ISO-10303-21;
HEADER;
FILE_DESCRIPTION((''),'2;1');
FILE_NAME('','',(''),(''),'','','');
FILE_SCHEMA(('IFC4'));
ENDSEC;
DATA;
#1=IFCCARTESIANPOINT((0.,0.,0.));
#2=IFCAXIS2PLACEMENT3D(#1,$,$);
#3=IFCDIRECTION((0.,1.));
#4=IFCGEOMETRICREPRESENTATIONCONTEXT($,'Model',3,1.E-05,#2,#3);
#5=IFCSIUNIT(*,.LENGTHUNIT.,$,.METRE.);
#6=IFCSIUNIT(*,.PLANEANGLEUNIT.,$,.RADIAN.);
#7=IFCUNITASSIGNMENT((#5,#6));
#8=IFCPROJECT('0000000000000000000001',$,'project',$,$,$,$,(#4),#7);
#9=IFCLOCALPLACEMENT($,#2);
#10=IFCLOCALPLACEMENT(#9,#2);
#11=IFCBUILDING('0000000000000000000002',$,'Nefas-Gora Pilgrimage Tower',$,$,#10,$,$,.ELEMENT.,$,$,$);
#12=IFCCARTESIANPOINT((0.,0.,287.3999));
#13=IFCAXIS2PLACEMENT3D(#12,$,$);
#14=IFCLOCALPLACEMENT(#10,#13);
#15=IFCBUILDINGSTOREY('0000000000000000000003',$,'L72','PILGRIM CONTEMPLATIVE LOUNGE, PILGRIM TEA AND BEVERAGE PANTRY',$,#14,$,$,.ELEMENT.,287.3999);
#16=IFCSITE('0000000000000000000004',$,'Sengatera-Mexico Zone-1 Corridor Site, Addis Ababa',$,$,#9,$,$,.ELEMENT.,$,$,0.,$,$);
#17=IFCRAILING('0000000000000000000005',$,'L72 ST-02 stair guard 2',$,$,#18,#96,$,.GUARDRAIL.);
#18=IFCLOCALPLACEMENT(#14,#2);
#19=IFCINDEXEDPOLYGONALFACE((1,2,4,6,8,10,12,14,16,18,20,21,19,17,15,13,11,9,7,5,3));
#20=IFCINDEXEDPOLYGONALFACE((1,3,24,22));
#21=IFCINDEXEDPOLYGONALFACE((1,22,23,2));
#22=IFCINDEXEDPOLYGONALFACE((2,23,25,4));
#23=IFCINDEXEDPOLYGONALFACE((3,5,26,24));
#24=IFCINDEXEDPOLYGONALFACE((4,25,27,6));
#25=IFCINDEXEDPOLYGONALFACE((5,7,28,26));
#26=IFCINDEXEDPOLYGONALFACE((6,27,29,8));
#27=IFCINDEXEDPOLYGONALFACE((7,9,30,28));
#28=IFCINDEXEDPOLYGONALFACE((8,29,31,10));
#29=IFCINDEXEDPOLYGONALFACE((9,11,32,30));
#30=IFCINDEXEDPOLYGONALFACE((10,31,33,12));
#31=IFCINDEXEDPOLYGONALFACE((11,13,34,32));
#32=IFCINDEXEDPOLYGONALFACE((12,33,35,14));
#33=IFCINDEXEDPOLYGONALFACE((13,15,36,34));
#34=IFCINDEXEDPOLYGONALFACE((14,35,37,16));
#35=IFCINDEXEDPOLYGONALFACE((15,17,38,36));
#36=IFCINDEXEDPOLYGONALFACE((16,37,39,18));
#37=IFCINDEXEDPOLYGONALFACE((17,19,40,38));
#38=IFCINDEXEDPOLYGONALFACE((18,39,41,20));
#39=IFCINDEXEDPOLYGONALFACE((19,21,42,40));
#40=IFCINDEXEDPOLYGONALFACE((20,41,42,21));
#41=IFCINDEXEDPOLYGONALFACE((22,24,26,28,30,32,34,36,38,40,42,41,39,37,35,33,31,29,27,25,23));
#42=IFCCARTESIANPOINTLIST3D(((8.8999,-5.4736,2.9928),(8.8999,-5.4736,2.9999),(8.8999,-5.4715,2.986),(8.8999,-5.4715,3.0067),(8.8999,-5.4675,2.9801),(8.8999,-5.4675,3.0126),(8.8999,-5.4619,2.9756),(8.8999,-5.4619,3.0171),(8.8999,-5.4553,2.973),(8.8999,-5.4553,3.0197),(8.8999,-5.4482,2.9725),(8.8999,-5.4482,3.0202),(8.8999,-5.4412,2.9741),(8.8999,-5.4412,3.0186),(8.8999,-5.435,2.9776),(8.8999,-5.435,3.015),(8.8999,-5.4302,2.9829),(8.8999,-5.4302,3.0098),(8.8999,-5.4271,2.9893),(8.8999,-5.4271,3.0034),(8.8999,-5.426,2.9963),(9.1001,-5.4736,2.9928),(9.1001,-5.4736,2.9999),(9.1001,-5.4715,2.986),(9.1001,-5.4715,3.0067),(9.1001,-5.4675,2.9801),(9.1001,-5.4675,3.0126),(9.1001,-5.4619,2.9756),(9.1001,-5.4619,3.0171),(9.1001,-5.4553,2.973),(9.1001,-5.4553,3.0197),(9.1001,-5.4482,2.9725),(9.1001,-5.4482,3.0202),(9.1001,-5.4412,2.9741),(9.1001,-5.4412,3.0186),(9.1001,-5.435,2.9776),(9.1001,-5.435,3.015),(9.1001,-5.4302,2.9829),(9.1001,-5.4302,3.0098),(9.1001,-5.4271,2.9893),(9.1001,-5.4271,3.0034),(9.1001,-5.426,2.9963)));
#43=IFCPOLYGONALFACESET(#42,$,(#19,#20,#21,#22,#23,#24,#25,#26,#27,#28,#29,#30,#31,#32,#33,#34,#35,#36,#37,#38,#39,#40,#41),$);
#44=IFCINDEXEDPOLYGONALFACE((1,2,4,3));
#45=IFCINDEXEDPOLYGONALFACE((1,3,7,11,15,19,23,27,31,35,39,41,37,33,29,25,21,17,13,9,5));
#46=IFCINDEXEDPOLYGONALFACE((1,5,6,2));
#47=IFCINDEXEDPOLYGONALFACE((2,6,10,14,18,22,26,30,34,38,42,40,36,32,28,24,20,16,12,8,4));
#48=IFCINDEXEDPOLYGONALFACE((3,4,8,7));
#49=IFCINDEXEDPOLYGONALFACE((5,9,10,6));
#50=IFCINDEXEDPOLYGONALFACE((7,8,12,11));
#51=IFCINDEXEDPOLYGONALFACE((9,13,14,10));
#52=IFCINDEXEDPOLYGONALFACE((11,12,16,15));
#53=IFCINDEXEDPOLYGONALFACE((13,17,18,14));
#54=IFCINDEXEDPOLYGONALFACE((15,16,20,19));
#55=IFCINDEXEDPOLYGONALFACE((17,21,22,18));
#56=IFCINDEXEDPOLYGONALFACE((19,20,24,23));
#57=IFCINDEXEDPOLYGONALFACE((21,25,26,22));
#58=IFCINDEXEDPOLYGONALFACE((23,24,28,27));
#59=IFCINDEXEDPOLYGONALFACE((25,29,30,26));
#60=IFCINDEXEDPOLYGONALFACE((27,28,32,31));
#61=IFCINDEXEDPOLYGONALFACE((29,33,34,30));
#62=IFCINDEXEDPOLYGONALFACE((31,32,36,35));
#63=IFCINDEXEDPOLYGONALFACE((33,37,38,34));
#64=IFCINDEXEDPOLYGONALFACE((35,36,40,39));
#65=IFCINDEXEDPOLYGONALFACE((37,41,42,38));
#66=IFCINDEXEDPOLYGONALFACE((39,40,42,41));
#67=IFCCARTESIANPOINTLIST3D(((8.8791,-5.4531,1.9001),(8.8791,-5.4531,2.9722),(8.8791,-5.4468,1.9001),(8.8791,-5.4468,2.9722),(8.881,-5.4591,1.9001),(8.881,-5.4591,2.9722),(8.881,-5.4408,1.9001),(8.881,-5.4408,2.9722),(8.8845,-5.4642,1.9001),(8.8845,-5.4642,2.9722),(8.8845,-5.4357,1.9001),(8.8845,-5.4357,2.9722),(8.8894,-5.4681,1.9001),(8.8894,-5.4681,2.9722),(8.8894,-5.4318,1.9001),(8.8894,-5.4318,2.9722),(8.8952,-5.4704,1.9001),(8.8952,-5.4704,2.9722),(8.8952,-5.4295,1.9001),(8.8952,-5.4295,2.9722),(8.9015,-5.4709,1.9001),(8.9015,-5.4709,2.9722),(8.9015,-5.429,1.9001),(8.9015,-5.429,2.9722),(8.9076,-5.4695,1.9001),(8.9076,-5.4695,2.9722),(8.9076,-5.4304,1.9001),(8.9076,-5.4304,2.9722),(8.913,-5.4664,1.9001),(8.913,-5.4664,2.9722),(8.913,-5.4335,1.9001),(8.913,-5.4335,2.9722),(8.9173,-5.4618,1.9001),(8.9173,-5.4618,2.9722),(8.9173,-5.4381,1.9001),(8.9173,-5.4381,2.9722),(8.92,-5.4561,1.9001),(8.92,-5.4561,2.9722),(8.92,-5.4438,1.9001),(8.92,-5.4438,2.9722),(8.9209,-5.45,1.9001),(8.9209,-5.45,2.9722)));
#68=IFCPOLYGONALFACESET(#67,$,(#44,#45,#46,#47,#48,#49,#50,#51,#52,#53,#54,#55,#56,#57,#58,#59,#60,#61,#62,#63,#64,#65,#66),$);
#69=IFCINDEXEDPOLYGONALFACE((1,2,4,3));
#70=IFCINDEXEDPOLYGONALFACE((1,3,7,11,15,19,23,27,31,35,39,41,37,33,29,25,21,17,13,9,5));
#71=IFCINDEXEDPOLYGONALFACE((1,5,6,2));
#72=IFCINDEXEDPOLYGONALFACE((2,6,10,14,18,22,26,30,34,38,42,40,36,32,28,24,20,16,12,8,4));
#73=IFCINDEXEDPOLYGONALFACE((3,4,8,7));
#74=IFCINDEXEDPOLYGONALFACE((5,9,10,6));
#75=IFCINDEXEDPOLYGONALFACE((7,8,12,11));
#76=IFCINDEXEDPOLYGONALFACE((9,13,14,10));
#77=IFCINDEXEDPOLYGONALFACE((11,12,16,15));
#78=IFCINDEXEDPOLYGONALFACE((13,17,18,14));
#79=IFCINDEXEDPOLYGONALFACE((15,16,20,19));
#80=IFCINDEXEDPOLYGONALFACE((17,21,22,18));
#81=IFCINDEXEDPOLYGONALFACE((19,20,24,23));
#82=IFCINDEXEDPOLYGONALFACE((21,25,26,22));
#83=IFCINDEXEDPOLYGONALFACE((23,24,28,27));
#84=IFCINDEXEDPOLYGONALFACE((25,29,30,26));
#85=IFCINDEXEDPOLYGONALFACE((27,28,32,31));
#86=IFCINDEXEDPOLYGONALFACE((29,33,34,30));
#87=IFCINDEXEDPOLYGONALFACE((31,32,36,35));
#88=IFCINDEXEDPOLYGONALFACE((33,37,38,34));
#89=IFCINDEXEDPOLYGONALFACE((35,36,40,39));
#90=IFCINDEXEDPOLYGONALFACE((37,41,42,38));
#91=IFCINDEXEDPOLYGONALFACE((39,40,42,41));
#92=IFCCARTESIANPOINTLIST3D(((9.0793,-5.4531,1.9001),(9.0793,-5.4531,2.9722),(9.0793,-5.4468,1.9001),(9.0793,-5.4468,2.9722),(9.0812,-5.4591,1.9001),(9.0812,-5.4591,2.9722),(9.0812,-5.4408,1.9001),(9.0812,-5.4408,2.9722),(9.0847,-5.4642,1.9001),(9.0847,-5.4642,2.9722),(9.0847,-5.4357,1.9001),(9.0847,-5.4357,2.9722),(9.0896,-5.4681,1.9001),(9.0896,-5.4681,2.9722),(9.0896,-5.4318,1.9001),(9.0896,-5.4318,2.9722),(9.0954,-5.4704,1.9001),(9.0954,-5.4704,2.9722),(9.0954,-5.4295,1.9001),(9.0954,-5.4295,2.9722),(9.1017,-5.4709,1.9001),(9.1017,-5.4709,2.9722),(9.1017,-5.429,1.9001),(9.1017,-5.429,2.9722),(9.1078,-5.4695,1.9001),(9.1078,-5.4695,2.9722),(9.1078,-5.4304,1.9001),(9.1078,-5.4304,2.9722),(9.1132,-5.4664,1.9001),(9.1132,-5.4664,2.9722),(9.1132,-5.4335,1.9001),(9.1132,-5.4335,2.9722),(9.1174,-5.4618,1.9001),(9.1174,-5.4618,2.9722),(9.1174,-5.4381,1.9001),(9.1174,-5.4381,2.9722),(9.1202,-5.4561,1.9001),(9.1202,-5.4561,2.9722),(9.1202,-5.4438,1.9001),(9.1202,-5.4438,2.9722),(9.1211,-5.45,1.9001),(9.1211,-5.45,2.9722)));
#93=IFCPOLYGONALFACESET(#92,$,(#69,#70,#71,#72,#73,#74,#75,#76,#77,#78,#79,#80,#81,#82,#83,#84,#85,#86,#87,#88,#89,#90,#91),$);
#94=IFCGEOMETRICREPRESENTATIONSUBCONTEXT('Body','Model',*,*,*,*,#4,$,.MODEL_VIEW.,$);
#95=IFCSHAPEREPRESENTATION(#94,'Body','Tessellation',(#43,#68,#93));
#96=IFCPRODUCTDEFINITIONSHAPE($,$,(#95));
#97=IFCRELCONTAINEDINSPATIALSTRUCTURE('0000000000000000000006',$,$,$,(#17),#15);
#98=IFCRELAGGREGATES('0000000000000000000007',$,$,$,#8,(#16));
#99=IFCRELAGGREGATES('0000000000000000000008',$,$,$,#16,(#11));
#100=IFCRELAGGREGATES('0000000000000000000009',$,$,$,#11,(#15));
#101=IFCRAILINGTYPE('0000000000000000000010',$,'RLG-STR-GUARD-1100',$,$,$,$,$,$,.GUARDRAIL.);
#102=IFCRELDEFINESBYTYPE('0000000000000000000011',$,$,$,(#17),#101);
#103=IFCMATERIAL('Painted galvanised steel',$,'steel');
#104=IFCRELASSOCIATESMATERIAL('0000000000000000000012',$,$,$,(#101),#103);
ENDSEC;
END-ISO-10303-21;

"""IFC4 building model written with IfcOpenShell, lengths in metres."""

from ifc_helpers import new_model, si_unit, direction, frame, origin, origin_2d, place, context, subcontext, project, spatial, circle, extrude, material, type_object, element, save


model = new_model("IFC4")

# Units and contexts
model_context = context("Model", 3, precision=1e-05, world=origin(), true_north=direction((0.0, 1.0)))
body_context = subcontext(model_context, "Body", "Model", "MODEL_VIEW")
ifc_project = project(units=[si_unit("LENGTHUNIT", "METRE"), si_unit("PLANEANGLEUNIT", "RADIAN")], contexts=[model_context])

# Site, building, storey
site_placement = place(None, origin())
site = spatial("IfcSite", under=ifc_project, at=site_placement, Name="Sengatera-Mexico Zone-1 Corridor Site, Addis Ababa", CompositionType="ELEMENT", RefElevation=0.0)
building_placement = place(site_placement, origin())
building = spatial("IfcBuilding", under=site, at=building_placement, Name="Nefas-Gora Pilgrimage Tower", CompositionType="ELEMENT")
storey_placement = place(building_placement, frame((0.0, 0.0, 287.3999)))
storey = spatial("IfcBuildingStorey", under=building, at=storey_placement, Name="L72", Description="PILGRIM CONTEMPLATIVE LOUNGE, PILGRIM TEA AND BEVERAGE PANTRY", CompositionType="ELEMENT", Elevation=287.3999)

# Railing
ifc_material_1 = material(Name="Painted galvanised steel", Category="steel")
railing_type_1 = type_object("IfcRailingType", Name="RLG-STR-GUARD-1100", PredefinedType="GUARDRAIL", material=ifc_material_1)
railing_1_placement = place(storey_placement, frame((8.8999, -5.45, 1.9001)))
element("IfcRailing", 1, at=railing_1_placement, inside=storey, type_object=railing_type_1, Name="L72 ST-02 stair guard 2", PredefinedType="GUARDRAIL", context=body_context, shape_type="SweptSolid", body=[
    extrude(circle(Radius=0.0239, at=origin_2d()), frame((0.0, 0.0, 1.0962), z_axis=(1.0, 0.0, 0.0), x_axis=(0.0, 1.0, 0.0)), (0.0, 0.0, 1.0), 0.2002),
    extrude(circle(Radius=0.021, at=origin_2d()), origin(), (0.0, 0.0, 1.0), 1.072),
    extrude(circle(Radius=0.021, at=origin_2d()), frame((0.2002, 0.0, 0.0)), (0.0, 0.0, 1.0), 1.072),
])

save(model, "model.ifc")
